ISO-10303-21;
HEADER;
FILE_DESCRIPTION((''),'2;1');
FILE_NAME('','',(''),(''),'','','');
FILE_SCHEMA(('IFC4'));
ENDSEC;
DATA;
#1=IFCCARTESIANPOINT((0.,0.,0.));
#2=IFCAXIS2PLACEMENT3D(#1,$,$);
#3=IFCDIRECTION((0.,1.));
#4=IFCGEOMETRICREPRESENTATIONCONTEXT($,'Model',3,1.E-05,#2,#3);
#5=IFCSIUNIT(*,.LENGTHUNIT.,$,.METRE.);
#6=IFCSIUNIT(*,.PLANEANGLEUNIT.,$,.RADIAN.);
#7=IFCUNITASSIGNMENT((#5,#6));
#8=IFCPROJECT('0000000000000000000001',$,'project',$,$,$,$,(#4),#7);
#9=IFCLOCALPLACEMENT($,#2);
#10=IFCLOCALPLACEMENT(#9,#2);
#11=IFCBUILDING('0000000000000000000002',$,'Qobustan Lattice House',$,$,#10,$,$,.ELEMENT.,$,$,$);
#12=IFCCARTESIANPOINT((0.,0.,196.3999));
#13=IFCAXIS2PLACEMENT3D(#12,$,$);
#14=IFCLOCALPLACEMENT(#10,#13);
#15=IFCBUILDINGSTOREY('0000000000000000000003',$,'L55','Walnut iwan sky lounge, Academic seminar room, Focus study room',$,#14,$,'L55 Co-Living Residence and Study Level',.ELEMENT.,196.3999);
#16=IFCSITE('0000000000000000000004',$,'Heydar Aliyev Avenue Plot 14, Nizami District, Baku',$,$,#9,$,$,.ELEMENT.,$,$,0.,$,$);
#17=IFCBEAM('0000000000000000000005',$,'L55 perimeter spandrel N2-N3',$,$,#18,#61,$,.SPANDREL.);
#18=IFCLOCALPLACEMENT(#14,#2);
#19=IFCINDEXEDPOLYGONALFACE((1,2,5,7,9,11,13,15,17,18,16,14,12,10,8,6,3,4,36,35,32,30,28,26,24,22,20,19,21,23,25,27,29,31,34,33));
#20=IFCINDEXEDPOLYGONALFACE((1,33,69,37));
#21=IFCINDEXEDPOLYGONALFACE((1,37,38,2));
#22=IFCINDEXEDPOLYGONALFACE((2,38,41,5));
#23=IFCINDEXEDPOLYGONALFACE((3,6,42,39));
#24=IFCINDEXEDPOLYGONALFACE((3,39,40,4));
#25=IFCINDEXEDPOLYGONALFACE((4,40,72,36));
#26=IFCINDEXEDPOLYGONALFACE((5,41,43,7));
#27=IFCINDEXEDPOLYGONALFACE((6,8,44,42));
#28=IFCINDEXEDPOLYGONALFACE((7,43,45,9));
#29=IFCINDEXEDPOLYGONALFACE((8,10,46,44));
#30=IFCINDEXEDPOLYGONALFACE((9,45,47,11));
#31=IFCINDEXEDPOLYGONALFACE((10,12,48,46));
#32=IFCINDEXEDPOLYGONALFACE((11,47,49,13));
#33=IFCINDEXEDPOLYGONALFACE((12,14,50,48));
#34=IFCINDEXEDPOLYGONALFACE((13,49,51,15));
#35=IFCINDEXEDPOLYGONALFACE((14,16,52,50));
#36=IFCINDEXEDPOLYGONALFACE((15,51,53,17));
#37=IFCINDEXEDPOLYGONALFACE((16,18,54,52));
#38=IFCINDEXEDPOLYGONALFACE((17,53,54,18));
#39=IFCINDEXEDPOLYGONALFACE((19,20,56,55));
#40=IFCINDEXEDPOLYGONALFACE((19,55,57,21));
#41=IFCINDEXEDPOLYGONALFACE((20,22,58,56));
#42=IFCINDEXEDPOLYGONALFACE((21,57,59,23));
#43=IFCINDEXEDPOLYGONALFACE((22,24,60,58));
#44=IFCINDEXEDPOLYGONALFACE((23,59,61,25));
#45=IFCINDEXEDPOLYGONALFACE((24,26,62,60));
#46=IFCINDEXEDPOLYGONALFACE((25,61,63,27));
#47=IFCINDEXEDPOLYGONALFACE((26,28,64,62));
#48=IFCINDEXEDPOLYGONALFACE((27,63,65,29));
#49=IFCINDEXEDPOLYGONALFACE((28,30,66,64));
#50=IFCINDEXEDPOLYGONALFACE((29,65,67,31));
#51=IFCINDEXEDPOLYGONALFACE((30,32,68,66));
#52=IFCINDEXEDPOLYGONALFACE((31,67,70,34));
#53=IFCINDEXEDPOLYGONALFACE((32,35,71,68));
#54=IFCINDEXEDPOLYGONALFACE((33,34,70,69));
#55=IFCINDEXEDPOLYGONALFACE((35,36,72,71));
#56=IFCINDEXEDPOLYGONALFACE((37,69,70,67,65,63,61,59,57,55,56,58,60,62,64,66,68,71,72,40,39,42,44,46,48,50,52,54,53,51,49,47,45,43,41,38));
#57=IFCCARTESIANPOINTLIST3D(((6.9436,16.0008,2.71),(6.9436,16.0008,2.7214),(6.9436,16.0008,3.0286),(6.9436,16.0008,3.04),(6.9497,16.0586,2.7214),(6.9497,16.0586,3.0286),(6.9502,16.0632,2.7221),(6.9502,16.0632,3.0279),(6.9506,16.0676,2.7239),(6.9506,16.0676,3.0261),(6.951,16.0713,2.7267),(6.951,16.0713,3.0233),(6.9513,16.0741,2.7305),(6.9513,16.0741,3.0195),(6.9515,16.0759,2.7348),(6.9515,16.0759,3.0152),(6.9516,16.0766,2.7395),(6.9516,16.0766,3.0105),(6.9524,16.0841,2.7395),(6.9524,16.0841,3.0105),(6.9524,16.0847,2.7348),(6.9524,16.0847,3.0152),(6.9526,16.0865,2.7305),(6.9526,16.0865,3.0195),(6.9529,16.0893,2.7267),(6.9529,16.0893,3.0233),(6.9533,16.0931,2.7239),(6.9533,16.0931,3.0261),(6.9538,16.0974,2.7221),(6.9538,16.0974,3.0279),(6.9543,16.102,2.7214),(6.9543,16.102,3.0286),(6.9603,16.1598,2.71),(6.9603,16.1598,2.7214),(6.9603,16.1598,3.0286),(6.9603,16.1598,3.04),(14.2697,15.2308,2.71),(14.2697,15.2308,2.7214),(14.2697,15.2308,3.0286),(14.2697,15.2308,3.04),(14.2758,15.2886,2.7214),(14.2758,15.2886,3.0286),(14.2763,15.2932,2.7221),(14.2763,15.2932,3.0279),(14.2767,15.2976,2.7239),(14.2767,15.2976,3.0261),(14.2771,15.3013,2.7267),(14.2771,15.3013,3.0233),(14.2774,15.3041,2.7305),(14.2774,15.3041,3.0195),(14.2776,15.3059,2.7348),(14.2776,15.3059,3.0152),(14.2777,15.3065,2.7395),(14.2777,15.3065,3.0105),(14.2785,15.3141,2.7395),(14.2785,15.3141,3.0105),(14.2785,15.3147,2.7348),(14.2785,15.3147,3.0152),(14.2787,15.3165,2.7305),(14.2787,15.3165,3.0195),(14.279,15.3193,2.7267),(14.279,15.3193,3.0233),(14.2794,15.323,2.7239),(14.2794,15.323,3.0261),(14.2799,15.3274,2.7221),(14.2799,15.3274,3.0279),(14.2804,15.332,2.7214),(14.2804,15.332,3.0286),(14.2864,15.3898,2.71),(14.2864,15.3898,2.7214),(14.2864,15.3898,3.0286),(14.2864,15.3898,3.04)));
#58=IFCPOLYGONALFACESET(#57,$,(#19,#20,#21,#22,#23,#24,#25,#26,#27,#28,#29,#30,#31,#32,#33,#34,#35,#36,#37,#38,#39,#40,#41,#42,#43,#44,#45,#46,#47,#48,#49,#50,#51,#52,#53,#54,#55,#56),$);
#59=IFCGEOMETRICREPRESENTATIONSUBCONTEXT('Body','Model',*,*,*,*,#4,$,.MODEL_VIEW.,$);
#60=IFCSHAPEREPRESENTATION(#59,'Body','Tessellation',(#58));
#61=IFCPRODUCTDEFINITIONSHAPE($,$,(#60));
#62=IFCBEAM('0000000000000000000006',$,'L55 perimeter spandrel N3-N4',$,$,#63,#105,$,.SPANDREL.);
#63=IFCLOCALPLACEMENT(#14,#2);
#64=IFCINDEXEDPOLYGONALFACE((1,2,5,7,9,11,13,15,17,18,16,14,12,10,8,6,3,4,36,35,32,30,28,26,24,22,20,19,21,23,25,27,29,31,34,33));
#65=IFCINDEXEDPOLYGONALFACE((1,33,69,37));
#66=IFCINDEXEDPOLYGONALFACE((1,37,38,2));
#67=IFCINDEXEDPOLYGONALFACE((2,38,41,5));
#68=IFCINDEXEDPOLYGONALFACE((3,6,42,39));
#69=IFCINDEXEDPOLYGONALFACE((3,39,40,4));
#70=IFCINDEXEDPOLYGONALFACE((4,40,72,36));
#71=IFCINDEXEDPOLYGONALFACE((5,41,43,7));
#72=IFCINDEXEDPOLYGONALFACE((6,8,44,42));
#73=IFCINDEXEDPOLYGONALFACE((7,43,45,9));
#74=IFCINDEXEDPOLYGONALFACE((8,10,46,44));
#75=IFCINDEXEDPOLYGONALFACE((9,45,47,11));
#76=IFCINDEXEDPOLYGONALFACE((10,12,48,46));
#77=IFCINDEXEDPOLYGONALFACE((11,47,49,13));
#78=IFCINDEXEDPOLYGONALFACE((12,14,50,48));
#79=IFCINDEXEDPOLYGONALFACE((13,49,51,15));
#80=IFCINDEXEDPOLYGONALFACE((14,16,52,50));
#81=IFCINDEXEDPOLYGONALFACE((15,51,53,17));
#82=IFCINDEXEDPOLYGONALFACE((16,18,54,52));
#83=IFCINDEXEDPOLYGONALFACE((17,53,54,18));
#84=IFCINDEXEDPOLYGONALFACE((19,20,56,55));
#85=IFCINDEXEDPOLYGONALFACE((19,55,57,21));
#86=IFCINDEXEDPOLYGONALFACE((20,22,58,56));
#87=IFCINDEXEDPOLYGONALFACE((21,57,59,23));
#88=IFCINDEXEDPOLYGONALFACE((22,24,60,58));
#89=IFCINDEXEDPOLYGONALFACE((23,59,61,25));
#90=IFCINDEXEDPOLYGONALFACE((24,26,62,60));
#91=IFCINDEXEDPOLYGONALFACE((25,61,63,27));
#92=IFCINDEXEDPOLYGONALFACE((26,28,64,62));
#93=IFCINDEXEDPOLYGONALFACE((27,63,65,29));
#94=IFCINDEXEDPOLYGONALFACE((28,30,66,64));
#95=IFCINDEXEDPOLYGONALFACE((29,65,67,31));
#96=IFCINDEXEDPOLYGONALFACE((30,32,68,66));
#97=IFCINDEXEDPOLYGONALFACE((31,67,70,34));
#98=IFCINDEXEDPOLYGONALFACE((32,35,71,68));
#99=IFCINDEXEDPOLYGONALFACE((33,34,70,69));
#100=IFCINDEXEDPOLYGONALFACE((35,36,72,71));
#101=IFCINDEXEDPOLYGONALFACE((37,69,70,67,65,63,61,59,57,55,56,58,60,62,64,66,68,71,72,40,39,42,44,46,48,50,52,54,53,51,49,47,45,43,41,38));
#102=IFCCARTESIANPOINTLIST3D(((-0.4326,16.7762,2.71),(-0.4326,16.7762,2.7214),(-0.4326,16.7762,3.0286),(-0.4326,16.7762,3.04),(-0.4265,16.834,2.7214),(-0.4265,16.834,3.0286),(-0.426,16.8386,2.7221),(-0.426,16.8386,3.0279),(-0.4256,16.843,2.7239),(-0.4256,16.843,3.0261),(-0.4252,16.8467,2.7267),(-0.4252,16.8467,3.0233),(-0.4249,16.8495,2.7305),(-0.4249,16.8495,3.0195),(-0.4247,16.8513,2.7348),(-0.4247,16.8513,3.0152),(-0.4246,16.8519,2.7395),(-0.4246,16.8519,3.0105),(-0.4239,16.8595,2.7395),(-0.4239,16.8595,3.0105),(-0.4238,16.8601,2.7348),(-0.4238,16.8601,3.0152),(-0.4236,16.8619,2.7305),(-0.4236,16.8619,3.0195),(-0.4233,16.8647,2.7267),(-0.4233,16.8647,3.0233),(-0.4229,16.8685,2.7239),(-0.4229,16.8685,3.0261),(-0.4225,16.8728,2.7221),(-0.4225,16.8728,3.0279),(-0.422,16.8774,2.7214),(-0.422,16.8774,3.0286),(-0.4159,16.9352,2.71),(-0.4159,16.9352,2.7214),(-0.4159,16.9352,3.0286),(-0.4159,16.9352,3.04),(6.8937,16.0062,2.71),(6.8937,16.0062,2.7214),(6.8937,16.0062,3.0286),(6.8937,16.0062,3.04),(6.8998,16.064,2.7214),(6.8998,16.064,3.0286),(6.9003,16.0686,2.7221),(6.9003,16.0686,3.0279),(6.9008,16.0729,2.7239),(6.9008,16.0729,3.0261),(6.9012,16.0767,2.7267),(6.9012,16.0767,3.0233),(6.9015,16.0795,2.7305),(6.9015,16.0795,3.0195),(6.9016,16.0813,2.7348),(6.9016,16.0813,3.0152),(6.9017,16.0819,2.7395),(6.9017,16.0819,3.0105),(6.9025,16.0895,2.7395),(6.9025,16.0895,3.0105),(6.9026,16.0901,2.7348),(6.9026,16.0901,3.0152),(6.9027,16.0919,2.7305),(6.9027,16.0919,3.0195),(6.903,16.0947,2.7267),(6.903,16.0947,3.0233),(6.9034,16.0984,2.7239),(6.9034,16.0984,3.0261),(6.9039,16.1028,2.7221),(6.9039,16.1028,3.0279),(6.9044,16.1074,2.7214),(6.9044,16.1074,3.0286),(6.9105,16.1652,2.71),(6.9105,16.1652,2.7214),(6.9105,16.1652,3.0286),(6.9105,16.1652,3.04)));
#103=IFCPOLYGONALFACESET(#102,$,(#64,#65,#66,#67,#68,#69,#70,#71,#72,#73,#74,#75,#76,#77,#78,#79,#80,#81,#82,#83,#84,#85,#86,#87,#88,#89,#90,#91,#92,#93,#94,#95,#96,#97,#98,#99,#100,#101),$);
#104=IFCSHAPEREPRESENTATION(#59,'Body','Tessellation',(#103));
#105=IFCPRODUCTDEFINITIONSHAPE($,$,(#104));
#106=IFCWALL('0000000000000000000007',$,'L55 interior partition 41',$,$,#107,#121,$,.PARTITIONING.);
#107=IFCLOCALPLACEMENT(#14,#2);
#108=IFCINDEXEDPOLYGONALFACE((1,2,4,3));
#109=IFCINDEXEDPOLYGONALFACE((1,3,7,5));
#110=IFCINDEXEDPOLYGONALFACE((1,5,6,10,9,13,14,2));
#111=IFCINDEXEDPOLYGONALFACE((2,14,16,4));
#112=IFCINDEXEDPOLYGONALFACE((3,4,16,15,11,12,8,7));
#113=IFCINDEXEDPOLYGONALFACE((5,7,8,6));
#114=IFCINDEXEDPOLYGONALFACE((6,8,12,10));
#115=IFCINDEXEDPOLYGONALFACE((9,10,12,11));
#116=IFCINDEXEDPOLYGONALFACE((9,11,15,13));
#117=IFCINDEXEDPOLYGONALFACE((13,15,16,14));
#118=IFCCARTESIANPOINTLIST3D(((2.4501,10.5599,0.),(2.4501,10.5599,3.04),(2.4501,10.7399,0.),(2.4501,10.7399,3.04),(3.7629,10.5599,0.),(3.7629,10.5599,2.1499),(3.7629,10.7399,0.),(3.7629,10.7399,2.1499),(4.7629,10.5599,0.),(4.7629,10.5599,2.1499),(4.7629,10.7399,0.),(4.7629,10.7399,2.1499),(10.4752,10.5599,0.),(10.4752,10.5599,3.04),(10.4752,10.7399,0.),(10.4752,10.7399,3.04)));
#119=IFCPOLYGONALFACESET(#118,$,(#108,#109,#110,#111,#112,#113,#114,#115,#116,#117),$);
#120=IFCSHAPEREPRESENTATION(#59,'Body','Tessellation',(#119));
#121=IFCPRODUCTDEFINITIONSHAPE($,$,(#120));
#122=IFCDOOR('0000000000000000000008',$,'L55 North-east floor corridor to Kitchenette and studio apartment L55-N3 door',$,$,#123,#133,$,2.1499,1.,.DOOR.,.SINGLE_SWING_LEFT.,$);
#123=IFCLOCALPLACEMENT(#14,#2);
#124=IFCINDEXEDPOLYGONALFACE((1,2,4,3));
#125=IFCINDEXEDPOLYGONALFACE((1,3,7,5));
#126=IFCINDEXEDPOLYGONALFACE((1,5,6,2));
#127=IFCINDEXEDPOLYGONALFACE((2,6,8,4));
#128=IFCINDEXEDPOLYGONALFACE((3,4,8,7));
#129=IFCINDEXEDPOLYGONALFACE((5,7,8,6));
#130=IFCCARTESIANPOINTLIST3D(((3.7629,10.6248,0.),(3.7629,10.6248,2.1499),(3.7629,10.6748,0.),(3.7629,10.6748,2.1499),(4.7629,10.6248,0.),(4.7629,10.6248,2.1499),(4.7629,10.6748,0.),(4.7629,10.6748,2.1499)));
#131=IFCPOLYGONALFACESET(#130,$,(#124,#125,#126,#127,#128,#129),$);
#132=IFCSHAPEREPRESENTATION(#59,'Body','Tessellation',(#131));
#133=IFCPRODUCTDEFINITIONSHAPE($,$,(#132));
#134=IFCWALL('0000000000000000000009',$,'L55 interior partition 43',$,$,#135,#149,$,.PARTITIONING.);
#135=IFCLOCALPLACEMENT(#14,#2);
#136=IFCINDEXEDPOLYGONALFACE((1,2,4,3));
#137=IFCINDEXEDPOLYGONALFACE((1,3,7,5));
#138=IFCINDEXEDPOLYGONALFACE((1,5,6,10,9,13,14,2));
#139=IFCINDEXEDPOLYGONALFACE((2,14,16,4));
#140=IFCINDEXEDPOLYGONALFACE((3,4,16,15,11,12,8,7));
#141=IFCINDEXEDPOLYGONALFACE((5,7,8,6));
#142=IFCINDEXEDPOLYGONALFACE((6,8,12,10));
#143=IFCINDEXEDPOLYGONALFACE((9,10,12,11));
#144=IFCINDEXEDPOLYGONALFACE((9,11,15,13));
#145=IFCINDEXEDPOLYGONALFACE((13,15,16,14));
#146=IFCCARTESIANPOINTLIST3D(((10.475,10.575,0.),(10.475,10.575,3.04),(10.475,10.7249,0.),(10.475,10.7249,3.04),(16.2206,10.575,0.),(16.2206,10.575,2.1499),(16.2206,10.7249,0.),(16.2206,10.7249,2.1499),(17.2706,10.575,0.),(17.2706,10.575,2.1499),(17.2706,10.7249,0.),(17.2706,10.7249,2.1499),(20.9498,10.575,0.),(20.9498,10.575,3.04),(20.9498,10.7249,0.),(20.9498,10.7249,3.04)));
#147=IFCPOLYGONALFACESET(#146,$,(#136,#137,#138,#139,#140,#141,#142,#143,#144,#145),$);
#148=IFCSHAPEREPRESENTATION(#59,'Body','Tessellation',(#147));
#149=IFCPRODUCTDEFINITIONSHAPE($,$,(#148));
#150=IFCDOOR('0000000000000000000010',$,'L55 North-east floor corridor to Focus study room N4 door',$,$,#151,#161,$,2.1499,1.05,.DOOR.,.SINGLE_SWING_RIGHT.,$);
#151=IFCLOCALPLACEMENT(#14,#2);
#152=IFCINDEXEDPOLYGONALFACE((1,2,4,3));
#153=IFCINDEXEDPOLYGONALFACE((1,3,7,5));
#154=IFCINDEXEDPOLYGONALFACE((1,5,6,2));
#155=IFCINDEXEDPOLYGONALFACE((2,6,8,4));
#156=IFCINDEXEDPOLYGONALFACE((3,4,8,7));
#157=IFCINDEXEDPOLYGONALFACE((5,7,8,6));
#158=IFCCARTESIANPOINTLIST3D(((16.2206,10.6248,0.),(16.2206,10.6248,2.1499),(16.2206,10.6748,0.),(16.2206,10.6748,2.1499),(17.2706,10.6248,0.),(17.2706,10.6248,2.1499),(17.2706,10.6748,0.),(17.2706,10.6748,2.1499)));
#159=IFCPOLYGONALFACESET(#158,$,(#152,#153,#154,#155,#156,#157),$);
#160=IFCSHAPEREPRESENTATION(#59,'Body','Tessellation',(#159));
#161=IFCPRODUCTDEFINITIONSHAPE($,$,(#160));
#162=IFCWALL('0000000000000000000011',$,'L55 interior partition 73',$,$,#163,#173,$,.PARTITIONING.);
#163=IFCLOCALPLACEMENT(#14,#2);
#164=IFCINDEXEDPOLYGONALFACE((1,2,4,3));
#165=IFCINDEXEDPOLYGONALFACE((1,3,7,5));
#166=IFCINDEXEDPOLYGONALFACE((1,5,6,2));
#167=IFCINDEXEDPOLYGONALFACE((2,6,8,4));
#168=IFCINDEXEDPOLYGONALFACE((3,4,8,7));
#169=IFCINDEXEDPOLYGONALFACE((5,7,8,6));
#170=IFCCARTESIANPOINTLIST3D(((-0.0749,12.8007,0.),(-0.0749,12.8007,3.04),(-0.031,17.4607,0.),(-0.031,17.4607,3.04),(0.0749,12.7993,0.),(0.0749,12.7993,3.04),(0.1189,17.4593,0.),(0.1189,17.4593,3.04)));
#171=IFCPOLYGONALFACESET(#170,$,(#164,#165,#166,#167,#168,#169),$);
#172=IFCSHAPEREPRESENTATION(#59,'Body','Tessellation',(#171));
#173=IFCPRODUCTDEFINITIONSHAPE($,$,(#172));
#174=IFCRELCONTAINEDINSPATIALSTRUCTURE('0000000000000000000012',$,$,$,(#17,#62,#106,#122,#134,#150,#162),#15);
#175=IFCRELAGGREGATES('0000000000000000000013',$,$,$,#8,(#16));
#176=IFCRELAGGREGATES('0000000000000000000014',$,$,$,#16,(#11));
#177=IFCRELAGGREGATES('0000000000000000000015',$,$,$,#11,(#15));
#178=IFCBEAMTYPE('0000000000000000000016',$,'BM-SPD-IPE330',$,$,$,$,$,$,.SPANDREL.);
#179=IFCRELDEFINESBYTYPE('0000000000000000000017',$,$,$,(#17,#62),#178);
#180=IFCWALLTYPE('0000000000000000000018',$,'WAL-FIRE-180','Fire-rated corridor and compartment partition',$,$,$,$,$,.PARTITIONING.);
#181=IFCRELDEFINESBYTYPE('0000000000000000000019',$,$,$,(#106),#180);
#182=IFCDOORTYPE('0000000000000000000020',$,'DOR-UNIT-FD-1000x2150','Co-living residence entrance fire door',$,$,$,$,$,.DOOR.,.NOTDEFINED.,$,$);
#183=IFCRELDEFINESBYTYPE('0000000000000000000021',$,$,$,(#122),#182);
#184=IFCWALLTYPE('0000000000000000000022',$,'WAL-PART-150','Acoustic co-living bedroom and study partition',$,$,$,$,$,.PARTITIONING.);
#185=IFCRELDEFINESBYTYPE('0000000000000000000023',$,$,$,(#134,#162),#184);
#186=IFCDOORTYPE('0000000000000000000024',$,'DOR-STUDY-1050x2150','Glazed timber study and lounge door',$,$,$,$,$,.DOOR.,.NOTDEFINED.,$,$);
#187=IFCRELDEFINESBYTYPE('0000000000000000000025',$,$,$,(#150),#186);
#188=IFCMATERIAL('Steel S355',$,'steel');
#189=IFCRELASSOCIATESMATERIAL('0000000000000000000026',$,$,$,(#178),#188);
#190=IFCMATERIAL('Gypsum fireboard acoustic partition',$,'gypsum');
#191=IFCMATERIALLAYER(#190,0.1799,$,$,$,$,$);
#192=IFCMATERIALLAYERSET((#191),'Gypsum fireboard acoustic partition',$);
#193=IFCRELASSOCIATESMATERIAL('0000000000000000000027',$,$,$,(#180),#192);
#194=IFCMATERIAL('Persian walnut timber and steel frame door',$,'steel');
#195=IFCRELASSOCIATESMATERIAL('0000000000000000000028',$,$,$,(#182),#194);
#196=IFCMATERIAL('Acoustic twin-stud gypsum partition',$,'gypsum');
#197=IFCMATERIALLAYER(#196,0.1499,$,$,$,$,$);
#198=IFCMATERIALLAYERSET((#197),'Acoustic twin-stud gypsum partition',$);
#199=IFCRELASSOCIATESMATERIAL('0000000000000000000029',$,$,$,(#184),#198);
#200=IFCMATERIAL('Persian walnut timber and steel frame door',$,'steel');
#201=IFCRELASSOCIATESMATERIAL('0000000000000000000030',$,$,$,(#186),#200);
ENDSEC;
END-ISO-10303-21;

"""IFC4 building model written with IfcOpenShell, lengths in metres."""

from ifc_helpers import new_model, si_unit, direction, frame, frame_2d, origin, origin_2d, place, context, subcontext, project, spatial, rectangle, i_section, extrude, material, layer, layer_set, material_profile, profile_set, type_object, element, fill, save


model = new_model("IFC4")

# Units and contexts
model_context = context("Model", 3, precision=1e-05, world=origin(), true_north=direction((0.0, 1.0)))
body_context = subcontext(model_context, "Body", "Model", "MODEL_VIEW")
ifc_project = project(units=[si_unit("LENGTHUNIT", "METRE"), si_unit("PLANEANGLEUNIT", "RADIAN")], contexts=[model_context])

# Site, building, storey
site_placement = place(None, origin())
site = spatial("IfcSite", under=ifc_project, at=site_placement, Name="Heydar Aliyev Avenue Plot 14, Nizami District, Baku", CompositionType="ELEMENT", RefElevation=0.0)
building_placement = place(site_placement, origin())
building = spatial("IfcBuilding", under=site, at=building_placement, Name="Qobustan Lattice House", CompositionType="ELEMENT")
storey_placement = place(building_placement, frame((0.0, 0.0, 196.3999)))
storey = spatial("IfcBuildingStorey", under=building, at=storey_placement, Name="L55", Description="Walnut iwan sky lounge, Academic seminar room, Focus study room", LongName="L55 Co-Living Residence and Study Level", CompositionType="ELEMENT", Elevation=196.3999)

# Beams
ifc_material_1 = material(Name="Steel S355", Category="steel")
ifc_material_profile_1 = material_profile(ifc_material_1, i_section(OverallWidth=0.1599, OverallDepth=0.3301, WebThickness=0.0076, FlangeThickness=0.0115, FilletRadius=0.0181, at=origin_2d()), Name="IPE330")
ifc_profile_set_1 = profile_set([ifc_material_profile_1], Name="Steel S355")
beam_type_1 = type_object("IfcBeamType", Name="BM-SPD-IPE330", PredefinedType="SPANDREL", material=ifc_profile_set_1)
beam_1_placement = place(storey_placement, frame((14.2781, 15.3103, 2.875), z_axis=(-0.994522, 0.10453, 0.0), x_axis=(-0.10453, -0.994522, 0.0)))
element("IfcBeam", 1, at=beam_1_placement, inside=storey, type_object=beam_type_1, Name="L55 perimeter spandrel N2-N3", PredefinedType="SPANDREL", context=body_context, shape_type="SweptSolid", body=[
    extrude(i_section(OverallWidth=0.1599, OverallDepth=0.3301, WebThickness=0.0076, FlangeThickness=0.0115, FilletRadius=0.0181, at=origin_2d()), origin(), (0.0, 0.0, 1.0), 7.3665),
])
beam_2_placement = place(storey_placement, frame((6.9021, 16.0857, 2.875), z_axis=(-0.994522, 0.104526, 0.0), x_axis=(-0.104526, -0.994522, 0.0)))
element("IfcBeam", 2, at=beam_2_placement, inside=storey, type_object=beam_type_1, Name="L55 perimeter spandrel N3-N4", PredefinedType="SPANDREL", context=body_context, shape_type="SweptSolid", body=[
    extrude(i_section(OverallWidth=0.1599, OverallDepth=0.3301, WebThickness=0.0076, FlangeThickness=0.0115, FilletRadius=0.0181, at=origin_2d()), origin(), (0.0, 0.0, 1.0), 7.3667),
])

# Walls, openings, doors
ifc_material_2 = material(Name="Gypsum fireboard acoustic partition", Category="gypsum")
ifc_layer_1 = layer(ifc_material_2, 0.1799)
ifc_layer_set_1 = layer_set([ifc_layer_1], Name="Gypsum fireboard acoustic partition")
wall_type_1 = type_object("IfcWallType", Name="WAL-FIRE-180", Description="Fire-rated corridor and compartment partition", PredefinedType="PARTITIONING", material=ifc_layer_set_1)
wall_1_placement = place(storey_placement, frame((2.45, 10.6499, 0.0), z_axis=(0.0, 0.0, 1.0), x_axis=(1.0, 0.0, 0.0)))
wall_1 = element("IfcWall", 3, at=wall_1_placement, inside=storey, type_object=wall_type_1, Name="L55 interior partition 41", PredefinedType="PARTITIONING", context=body_context, shape_type="SweptSolid", body=[
    extrude(rectangle(XDim=8.0251, YDim=0.1799, at=frame_2d((4.0127, 0.0))), origin(), (0.0, 0.0, 1.0), 3.04),
])
opening_1_placement = place(wall_1_placement, frame((1.313, 0.0, 0.0)))
opening_1 = element("IfcOpeningElement", 4, at=opening_1_placement, cuts=wall_1, PredefinedType="OPENING", context=body_context, shape_type="SweptSolid", body=[
    extrude(rectangle(XDim=1.0, YDim=2.1499, at=frame_2d((0.5, 1.075))), frame((0.0, 0.0999, 0.0), z_axis=(0.0, -1.0, 0.0), x_axis=(1.0, 0.0, 0.0)), (0.0, 0.0, 1.0), 0.2),
])
ifc_material_3 = material(Name="Persian walnut timber and steel frame door", Category="steel")
door_type_1 = type_object("IfcDoorType", Name="DOR-UNIT-FD-1000x2150", Description="Co-living residence entrance fire door", OperationType="NOTDEFINED", PredefinedType="DOOR", material=ifc_material_3)
door_1_placement = place(opening_1_placement, origin())
door_1 = element("IfcDoor", 5, at=door_1_placement, inside=storey, type_object=door_type_1, Name="L55 North-east floor corridor to Kitchenette and studio apartment L55-N3 door", OperationType="SINGLE_SWING_LEFT", OverallHeight=2.1499, OverallWidth=1.0, PredefinedType="DOOR", context=body_context, shape_type="SweptSolid", body=[
    extrude(rectangle(XDim=1.0, YDim=2.1499, at=frame_2d((0.5, 1.075))), frame((0.0, 0.0249, 0.0), z_axis=(0.0, -1.0, 0.0), x_axis=(1.0, 0.0, 0.0)), (0.0, 0.0, 1.0), 0.05),
])
fill(opening_1, door_1)
ifc_material_4 = material(Name="Acoustic twin-stud gypsum partition", Category="gypsum")
ifc_layer_2 = layer(ifc_material_4, 0.1499)
ifc_layer_set_2 = layer_set([ifc_layer_2], Name="Acoustic twin-stud gypsum partition")
wall_type_2 = type_object("IfcWallType", Name="WAL-PART-150", Description="Acoustic co-living bedroom and study partition", PredefinedType="PARTITIONING", material=ifc_layer_set_2)
wall_2_placement = place(storey_placement, frame((10.4751, 10.6499, 0.0), z_axis=(0.0, 0.0, 1.0), x_axis=(1.0, 0.0, 0.0)))
wall_2 = element("IfcWall", 6, at=wall_2_placement, inside=storey, type_object=wall_type_2, Name="L55 interior partition 43", PredefinedType="PARTITIONING", context=body_context, shape_type="SweptSolid", body=[
    extrude(rectangle(XDim=10.4749, YDim=0.1499, at=frame_2d((5.2373, 0.0))), origin(), (0.0, 0.0, 1.0), 3.04),
])
opening_2_placement = place(wall_2_placement, frame((5.7456, 0.0, 0.0)))
opening_2 = element("IfcOpeningElement", 7, at=opening_2_placement, cuts=wall_2, PredefinedType="OPENING", context=body_context, shape_type="SweptSolid", body=[
    extrude(rectangle(XDim=1.05, YDim=2.1499, at=frame_2d((0.5249, 1.075))), frame((0.0, 0.085, 0.0), z_axis=(0.0, -1.0, 0.0), x_axis=(1.0, 0.0, 0.0)), (0.0, 0.0, 1.0), 0.1699),
])
ifc_material_5 = material(Name="Persian walnut timber and steel frame door", Category="steel")
door_type_2 = type_object("IfcDoorType", Name="DOR-STUDY-1050x2150", Description="Glazed timber study and lounge door", OperationType="NOTDEFINED", PredefinedType="DOOR", material=ifc_material_5)
door_2_placement = place(opening_2_placement, origin())
door_2 = element("IfcDoor", 8, at=door_2_placement, inside=storey, type_object=door_type_2, Name="L55 North-east floor corridor to Focus study room N4 door", OperationType="SINGLE_SWING_RIGHT", OverallHeight=2.1499, OverallWidth=1.05, PredefinedType="DOOR", context=body_context, shape_type="SweptSolid", body=[
    extrude(rectangle(XDim=1.05, YDim=2.1499, at=frame_2d((0.5249, 1.075))), frame((0.0, 0.0249, 0.0), z_axis=(0.0, -1.0, 0.0), x_axis=(1.0, 0.0, 0.0)), (0.0, 0.0, 1.0), 0.05),
])
fill(opening_2, door_2)

# Wall
wall_3_placement = place(storey_placement, frame((0.0439, 17.46, 0.0), z_axis=(0.0, 0.0, 1.0), x_axis=(-0.00943, -0.999956, 0.0)))
element("IfcWall", 9, at=wall_3_placement, inside=storey, type_object=wall_type_2, Name="L55 interior partition 73", PredefinedType="PARTITIONING", context=body_context, shape_type="SweptSolid", body=[
    extrude(rectangle(XDim=4.6602, YDim=0.1499, at=frame_2d((2.3301, 0.0))), origin(), (0.0, 0.0, 1.0), 3.04),
])

save(model, "model.ifc")
